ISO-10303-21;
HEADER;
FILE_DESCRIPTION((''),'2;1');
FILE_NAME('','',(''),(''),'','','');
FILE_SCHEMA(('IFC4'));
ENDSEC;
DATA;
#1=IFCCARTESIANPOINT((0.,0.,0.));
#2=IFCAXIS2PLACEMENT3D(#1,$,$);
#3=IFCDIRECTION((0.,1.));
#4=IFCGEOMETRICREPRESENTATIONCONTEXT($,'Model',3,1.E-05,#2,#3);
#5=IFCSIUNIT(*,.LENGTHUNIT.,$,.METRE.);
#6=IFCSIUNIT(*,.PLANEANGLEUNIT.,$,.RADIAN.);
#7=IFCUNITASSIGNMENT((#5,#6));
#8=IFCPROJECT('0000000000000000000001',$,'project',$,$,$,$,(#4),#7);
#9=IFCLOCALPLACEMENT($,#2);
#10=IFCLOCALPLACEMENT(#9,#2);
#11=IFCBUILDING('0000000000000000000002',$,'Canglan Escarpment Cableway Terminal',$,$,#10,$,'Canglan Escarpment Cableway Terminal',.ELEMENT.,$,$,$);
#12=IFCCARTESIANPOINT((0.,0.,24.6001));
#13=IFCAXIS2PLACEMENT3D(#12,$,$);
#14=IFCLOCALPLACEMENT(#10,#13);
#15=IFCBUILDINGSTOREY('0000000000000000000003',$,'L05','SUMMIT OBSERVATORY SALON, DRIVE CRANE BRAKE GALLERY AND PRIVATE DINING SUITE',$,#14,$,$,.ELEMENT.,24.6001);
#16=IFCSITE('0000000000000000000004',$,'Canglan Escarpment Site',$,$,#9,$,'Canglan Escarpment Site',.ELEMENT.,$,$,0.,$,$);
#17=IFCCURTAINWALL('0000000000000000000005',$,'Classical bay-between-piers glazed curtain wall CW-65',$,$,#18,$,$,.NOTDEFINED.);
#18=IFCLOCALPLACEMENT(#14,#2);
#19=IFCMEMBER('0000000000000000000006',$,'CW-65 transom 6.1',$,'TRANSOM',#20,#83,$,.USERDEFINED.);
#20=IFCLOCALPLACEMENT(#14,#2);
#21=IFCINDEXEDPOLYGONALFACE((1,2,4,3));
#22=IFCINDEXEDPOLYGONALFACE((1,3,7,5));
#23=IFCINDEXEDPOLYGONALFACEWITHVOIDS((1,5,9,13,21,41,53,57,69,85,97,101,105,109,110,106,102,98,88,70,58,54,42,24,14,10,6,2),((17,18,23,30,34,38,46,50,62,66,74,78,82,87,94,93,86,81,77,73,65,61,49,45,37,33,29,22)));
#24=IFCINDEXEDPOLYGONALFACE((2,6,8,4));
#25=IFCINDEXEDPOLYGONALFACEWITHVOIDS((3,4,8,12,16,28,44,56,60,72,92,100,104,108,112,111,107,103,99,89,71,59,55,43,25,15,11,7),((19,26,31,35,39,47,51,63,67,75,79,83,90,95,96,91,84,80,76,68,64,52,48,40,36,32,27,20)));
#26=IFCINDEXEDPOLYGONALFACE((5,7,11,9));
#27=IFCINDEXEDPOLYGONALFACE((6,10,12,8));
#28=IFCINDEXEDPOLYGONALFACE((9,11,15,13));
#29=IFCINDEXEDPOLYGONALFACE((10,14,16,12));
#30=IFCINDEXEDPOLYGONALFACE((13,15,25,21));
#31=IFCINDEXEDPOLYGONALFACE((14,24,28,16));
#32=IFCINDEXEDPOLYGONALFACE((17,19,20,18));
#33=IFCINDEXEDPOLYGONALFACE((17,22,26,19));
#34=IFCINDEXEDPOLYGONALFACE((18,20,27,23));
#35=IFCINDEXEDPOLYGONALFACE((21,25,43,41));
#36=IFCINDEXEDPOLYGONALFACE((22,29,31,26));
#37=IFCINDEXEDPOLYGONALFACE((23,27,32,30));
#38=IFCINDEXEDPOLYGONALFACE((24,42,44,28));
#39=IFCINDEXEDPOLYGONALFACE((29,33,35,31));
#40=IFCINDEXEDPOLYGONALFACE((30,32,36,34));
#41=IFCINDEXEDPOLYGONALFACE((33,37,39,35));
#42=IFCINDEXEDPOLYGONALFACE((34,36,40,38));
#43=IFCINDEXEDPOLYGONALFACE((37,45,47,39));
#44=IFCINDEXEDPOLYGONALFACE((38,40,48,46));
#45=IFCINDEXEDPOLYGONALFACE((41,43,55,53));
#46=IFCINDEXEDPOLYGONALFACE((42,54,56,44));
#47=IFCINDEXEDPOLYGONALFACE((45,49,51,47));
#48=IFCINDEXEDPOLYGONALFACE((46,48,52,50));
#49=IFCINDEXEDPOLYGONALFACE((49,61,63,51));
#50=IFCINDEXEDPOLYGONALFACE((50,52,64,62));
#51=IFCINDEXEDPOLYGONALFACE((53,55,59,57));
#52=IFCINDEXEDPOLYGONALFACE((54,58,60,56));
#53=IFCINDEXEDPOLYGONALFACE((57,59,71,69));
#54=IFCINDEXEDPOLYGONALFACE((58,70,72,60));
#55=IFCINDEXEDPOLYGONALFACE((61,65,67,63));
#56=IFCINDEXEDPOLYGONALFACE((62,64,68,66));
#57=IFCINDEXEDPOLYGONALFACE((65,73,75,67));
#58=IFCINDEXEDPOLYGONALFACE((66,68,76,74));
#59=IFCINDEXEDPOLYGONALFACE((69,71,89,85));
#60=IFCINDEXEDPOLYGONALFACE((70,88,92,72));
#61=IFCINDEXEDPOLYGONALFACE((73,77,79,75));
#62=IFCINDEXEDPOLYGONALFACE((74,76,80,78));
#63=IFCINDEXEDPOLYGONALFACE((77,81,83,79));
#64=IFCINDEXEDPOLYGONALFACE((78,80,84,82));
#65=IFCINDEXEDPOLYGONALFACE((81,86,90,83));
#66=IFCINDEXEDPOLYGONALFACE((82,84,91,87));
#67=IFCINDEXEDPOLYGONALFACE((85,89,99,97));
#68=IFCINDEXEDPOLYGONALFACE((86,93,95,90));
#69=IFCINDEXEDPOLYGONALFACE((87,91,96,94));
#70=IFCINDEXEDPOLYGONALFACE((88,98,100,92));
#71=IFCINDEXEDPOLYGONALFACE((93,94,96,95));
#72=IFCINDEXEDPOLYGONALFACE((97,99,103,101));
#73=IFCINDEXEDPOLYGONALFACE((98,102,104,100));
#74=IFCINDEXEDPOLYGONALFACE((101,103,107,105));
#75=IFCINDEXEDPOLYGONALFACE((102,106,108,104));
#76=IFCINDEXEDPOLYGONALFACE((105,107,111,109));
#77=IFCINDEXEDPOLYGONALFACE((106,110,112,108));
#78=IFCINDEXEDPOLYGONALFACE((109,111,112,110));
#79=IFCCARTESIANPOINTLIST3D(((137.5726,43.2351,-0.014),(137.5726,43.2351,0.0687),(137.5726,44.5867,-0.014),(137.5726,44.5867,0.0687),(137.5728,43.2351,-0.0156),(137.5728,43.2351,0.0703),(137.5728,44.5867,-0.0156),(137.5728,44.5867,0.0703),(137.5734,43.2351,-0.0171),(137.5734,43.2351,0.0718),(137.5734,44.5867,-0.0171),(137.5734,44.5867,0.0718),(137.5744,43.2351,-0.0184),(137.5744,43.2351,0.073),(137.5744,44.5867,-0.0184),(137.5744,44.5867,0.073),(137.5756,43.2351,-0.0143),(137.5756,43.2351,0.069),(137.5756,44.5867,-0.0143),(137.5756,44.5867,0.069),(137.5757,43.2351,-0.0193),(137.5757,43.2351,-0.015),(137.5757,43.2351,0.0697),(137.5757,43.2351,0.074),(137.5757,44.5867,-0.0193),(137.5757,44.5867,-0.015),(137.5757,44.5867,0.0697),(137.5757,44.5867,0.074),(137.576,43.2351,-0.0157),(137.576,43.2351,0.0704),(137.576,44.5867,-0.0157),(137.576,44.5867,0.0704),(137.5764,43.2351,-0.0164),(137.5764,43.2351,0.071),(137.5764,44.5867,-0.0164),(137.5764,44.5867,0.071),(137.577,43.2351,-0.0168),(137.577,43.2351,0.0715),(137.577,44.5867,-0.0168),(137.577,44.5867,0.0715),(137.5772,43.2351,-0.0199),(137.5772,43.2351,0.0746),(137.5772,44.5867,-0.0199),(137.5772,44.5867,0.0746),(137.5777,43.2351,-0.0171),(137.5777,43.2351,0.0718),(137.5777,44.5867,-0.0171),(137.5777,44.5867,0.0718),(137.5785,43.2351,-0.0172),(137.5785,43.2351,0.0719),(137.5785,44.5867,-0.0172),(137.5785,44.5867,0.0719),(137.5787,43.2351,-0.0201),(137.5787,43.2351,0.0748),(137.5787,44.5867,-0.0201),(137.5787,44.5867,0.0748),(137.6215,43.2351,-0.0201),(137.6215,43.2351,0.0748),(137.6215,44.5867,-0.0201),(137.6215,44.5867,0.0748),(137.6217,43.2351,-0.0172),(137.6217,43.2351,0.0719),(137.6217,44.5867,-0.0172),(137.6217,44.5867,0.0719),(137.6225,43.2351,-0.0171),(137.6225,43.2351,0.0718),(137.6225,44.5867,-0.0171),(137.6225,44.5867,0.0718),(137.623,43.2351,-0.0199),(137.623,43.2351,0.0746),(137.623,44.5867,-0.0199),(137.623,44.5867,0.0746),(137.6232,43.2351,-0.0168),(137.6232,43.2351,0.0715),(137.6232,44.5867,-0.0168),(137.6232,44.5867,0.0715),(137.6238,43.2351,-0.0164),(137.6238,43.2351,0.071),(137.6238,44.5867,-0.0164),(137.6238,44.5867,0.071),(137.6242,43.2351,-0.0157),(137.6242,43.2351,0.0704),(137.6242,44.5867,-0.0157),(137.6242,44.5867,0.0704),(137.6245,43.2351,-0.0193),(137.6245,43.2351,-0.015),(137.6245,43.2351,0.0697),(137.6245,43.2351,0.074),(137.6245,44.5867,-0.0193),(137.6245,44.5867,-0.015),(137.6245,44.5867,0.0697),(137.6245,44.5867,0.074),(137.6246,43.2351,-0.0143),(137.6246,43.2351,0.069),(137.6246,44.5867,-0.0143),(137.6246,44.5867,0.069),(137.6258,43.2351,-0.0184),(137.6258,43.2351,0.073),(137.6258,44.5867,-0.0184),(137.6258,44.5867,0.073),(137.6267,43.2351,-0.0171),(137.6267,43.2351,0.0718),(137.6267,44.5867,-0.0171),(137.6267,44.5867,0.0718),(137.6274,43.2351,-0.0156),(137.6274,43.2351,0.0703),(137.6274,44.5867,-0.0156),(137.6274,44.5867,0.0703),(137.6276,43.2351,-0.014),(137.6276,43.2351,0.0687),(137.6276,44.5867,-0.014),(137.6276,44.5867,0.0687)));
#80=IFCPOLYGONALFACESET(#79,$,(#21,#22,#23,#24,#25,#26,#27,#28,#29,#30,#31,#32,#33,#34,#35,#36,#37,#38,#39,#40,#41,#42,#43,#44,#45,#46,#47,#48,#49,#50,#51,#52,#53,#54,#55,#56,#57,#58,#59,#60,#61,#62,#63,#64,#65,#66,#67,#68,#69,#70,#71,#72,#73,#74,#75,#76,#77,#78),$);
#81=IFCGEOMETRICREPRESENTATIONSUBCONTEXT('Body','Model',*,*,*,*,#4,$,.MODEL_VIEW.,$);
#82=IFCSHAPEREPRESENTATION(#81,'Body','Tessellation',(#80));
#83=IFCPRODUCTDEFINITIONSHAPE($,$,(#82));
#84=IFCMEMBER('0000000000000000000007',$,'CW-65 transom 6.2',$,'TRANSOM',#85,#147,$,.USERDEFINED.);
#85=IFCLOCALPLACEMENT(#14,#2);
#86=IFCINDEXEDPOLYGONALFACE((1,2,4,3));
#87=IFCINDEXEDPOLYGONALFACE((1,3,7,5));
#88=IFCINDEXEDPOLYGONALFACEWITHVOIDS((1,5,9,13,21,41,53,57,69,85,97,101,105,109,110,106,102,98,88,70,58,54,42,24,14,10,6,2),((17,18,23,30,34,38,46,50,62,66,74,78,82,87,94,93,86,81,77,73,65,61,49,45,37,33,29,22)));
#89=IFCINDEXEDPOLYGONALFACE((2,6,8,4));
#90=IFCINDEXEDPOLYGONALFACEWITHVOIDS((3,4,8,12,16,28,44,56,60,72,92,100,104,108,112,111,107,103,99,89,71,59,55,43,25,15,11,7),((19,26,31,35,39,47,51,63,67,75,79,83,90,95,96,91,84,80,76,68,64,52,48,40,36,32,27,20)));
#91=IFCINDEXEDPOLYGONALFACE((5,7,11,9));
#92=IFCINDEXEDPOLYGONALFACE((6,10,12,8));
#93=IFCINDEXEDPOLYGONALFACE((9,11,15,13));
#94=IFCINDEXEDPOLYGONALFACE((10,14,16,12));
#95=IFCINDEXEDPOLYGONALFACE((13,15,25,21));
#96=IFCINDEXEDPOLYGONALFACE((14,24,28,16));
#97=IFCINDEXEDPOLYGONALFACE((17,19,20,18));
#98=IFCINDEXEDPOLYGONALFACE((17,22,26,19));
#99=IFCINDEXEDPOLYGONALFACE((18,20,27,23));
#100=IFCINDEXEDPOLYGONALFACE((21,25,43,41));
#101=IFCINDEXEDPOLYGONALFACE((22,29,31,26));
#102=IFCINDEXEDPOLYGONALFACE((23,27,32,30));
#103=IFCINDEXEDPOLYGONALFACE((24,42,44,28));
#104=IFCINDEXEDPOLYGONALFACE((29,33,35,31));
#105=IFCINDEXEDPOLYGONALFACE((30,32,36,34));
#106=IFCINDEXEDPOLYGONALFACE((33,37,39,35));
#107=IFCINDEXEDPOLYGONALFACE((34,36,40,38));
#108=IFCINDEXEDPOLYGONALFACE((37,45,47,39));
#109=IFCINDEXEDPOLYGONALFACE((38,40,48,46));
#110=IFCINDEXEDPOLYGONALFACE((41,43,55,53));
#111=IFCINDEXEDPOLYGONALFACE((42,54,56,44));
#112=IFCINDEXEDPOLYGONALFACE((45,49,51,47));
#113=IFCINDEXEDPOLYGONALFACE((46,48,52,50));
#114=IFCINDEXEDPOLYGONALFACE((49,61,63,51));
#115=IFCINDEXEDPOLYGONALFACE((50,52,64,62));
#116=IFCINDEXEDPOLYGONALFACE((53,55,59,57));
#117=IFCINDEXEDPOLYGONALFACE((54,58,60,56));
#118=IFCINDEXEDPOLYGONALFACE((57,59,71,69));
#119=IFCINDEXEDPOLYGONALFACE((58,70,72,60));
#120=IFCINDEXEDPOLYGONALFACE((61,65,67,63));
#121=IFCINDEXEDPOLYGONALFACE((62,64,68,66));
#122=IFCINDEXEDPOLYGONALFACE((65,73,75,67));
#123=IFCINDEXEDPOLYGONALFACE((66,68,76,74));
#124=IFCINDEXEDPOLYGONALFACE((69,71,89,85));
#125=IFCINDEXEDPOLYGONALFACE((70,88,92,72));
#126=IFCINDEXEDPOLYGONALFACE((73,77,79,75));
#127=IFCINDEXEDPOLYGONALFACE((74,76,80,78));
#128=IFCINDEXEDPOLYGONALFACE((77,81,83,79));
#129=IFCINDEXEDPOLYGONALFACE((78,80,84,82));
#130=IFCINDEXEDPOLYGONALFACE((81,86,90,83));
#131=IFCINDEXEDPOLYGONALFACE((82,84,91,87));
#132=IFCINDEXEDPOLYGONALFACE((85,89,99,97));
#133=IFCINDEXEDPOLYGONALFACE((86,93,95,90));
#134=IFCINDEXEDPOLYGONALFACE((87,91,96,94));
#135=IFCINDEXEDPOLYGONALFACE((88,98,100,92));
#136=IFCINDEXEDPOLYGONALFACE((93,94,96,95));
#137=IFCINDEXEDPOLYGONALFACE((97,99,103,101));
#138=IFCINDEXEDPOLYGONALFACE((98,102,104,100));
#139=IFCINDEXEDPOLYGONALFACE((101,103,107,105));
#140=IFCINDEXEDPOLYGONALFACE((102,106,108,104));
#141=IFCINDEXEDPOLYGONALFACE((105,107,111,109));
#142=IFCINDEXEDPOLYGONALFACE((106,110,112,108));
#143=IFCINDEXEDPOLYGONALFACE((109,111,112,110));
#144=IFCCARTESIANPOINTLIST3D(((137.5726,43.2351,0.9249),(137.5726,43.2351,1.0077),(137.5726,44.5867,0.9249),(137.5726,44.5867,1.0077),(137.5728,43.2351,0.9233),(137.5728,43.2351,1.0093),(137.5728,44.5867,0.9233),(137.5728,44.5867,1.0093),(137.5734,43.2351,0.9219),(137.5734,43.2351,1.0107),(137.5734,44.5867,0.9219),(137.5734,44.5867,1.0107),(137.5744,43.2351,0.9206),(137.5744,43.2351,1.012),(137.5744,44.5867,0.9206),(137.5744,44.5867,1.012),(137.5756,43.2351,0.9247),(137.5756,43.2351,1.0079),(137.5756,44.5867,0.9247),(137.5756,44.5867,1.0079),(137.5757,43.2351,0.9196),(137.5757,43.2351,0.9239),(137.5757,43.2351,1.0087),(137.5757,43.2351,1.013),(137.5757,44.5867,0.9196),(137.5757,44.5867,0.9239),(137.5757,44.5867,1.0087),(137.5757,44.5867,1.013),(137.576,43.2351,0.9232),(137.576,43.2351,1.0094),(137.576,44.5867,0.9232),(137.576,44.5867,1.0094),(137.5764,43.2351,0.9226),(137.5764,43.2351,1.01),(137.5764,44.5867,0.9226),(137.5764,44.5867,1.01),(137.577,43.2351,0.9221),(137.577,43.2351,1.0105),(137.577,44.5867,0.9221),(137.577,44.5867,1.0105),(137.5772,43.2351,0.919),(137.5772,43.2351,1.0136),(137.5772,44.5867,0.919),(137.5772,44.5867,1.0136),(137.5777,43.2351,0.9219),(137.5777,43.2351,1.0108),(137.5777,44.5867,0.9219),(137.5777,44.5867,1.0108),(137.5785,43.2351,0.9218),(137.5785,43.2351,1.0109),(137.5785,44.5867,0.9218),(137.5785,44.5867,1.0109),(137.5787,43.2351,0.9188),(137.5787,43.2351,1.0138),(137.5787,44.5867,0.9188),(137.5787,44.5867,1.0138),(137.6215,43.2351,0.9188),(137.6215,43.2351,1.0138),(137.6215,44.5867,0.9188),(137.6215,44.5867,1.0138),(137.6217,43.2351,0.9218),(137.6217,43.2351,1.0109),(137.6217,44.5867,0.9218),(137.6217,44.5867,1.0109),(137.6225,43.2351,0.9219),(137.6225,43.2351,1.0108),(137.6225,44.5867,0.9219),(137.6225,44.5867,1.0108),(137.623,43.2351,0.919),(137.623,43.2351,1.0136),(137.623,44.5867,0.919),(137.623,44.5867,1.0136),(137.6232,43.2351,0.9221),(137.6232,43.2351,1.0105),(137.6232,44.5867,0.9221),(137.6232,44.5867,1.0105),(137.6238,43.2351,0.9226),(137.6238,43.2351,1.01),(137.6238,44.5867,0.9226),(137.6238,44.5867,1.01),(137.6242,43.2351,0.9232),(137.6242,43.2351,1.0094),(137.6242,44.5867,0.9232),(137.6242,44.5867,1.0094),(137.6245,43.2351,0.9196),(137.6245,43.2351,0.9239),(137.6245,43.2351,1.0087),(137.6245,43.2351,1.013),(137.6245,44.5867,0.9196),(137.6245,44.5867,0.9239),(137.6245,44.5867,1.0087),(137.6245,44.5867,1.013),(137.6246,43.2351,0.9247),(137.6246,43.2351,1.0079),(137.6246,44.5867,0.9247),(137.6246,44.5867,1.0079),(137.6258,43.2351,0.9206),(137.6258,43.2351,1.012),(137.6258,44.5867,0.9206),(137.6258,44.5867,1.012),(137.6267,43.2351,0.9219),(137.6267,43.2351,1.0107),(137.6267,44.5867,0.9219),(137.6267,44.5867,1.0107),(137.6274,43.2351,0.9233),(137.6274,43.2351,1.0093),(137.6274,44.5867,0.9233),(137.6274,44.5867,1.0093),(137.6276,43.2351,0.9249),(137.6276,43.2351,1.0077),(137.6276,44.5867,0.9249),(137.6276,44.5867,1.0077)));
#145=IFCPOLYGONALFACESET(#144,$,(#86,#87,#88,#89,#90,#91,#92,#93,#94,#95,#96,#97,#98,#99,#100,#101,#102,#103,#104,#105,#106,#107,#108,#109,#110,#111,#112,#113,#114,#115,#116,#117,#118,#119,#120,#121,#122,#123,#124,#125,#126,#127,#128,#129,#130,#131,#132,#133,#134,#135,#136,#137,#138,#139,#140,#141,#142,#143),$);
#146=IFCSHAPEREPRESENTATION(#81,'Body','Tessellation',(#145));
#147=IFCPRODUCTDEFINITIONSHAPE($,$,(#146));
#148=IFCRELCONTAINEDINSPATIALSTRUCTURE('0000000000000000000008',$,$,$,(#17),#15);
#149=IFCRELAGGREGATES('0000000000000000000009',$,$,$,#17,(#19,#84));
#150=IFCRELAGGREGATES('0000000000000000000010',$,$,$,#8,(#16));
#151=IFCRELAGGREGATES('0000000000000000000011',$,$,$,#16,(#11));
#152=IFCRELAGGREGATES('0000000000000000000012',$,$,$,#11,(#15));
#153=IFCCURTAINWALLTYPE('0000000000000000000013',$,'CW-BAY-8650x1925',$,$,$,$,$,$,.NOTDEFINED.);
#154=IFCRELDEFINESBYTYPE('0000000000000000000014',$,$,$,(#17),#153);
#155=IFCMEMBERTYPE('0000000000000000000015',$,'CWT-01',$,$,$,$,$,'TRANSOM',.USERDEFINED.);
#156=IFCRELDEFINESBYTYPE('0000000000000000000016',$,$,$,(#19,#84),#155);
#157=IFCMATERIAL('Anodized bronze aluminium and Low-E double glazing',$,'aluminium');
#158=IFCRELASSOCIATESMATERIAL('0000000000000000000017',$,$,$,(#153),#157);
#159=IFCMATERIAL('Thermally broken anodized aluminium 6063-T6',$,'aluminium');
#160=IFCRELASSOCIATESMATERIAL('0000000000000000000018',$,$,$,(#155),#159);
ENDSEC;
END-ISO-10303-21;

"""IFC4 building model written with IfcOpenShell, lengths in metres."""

from ifc_helpers import new_model, si_unit, direction, frame, origin, origin_2d, place, context, subcontext, project, spatial, hollow_rectangle, extrude, material, material_profile, profile_set, type_object, element, aggregate, save


model = new_model("IFC4")

# Units and contexts
model_context = context("Model", 3, precision=1e-05, world=origin(), true_north=direction((0.0, 1.0)))
body_context = subcontext(model_context, "Body", "Model", "MODEL_VIEW")
ifc_project = project(units=[si_unit("LENGTHUNIT", "METRE"), si_unit("PLANEANGLEUNIT", "RADIAN")], contexts=[model_context])

# Site, building, storey
site_placement = place(None, origin())
site = spatial("IfcSite", under=ifc_project, at=site_placement, Name="Canglan Escarpment Site", LongName="Canglan Escarpment Site", CompositionType="ELEMENT", RefElevation=0.0)
building_placement = place(site_placement, origin())
building = spatial("IfcBuilding", under=site, at=building_placement, Name="Canglan Escarpment Cableway Terminal", LongName="Canglan Escarpment Cableway Terminal", CompositionType="ELEMENT")
storey_placement = place(building_placement, frame((0.0, 0.0, 24.6001)))
storey = spatial("IfcBuildingStorey", under=building, at=storey_placement, Name="L05", Description="SUMMIT OBSERVATORY SALON, DRIVE CRANE BRAKE GALLERY AND PRIVATE DINING SUITE", CompositionType="ELEMENT", Elevation=24.6001)

# Curtain wall
ifc_material_1 = material(Name="Anodized bronze aluminium and Low-E double glazing", Category="aluminium")
curtain_wall_type = type_object("IfcCurtainWallType", Name="CW-BAY-8650x1925", PredefinedType="NOTDEFINED", material=ifc_material_1)
curtain_wall_1_placement = place(storey_placement, origin())
curtain_wall_1 = element("IfcCurtainWall", 1, at=curtain_wall_1_placement, inside=storey, type_object=curtain_wall_type, Name="Classical bay-between-piers glazed curtain wall CW-65", PredefinedType="NOTDEFINED")
ifc_material_2 = material(Name="Thermally broken anodized aluminium 6063-T6", Category="aluminium")

# Members
ifc_material_profile_1 = material_profile(ifc_material_2, hollow_rectangle(XDim=0.0549, YDim=0.095, WallThickness=0.0029, InnerFilletRadius=0.0029, OuterFilletRadius=0.0061, at=origin_2d()), Name="ALU-TRAN 55x95x3")
ifc_profile_set_1 = profile_set([ifc_material_profile_1], Name="Thermally broken anodized aluminium 6063-T6")
member_type_1 = type_object("IfcMemberType", Name="CWT-01", ElementType="TRANSOM", PredefinedType="USERDEFINED", material=ifc_profile_set_1)
member_1_placement = place(storey_placement, frame((137.6001, 44.5867, 0.0273), z_axis=(0.0, -1.0, 0.0), x_axis=(1.0, 0.0, 0.0)))
member_1 = element("IfcMember", 2, at=member_1_placement, type_object=member_type_1, Name="CW-65 transom 6.1", ObjectType="TRANSOM", PredefinedType="USERDEFINED", context=body_context, shape_type="SweptSolid", body=[
    extrude(hollow_rectangle(XDim=0.0549, YDim=0.095, WallThickness=0.0029, InnerFilletRadius=0.0029, OuterFilletRadius=0.0061, at=origin_2d()), origin(), (0.0, 0.0, 1.0), 1.3516),
])
member_2_placement = place(storey_placement, frame((137.6001, 44.5867, 0.9663), z_axis=(0.0, -1.0, 0.0), x_axis=(1.0, 0.0, 0.0)))
member_2 = element("IfcMember", 3, at=member_2_placement, type_object=member_type_1, Name="CW-65 transom 6.2", ObjectType="TRANSOM", PredefinedType="USERDEFINED", context=body_context, shape_type="SweptSolid", body=[
    extrude(hollow_rectangle(XDim=0.0549, YDim=0.095, WallThickness=0.0029, InnerFilletRadius=0.0029, OuterFilletRadius=0.0061, at=origin_2d()), origin(), (0.0, 0.0, 1.0), 1.3516),
])

aggregate(curtain_wall_1, [member_1, member_2])

save(model, "model.ifc")
